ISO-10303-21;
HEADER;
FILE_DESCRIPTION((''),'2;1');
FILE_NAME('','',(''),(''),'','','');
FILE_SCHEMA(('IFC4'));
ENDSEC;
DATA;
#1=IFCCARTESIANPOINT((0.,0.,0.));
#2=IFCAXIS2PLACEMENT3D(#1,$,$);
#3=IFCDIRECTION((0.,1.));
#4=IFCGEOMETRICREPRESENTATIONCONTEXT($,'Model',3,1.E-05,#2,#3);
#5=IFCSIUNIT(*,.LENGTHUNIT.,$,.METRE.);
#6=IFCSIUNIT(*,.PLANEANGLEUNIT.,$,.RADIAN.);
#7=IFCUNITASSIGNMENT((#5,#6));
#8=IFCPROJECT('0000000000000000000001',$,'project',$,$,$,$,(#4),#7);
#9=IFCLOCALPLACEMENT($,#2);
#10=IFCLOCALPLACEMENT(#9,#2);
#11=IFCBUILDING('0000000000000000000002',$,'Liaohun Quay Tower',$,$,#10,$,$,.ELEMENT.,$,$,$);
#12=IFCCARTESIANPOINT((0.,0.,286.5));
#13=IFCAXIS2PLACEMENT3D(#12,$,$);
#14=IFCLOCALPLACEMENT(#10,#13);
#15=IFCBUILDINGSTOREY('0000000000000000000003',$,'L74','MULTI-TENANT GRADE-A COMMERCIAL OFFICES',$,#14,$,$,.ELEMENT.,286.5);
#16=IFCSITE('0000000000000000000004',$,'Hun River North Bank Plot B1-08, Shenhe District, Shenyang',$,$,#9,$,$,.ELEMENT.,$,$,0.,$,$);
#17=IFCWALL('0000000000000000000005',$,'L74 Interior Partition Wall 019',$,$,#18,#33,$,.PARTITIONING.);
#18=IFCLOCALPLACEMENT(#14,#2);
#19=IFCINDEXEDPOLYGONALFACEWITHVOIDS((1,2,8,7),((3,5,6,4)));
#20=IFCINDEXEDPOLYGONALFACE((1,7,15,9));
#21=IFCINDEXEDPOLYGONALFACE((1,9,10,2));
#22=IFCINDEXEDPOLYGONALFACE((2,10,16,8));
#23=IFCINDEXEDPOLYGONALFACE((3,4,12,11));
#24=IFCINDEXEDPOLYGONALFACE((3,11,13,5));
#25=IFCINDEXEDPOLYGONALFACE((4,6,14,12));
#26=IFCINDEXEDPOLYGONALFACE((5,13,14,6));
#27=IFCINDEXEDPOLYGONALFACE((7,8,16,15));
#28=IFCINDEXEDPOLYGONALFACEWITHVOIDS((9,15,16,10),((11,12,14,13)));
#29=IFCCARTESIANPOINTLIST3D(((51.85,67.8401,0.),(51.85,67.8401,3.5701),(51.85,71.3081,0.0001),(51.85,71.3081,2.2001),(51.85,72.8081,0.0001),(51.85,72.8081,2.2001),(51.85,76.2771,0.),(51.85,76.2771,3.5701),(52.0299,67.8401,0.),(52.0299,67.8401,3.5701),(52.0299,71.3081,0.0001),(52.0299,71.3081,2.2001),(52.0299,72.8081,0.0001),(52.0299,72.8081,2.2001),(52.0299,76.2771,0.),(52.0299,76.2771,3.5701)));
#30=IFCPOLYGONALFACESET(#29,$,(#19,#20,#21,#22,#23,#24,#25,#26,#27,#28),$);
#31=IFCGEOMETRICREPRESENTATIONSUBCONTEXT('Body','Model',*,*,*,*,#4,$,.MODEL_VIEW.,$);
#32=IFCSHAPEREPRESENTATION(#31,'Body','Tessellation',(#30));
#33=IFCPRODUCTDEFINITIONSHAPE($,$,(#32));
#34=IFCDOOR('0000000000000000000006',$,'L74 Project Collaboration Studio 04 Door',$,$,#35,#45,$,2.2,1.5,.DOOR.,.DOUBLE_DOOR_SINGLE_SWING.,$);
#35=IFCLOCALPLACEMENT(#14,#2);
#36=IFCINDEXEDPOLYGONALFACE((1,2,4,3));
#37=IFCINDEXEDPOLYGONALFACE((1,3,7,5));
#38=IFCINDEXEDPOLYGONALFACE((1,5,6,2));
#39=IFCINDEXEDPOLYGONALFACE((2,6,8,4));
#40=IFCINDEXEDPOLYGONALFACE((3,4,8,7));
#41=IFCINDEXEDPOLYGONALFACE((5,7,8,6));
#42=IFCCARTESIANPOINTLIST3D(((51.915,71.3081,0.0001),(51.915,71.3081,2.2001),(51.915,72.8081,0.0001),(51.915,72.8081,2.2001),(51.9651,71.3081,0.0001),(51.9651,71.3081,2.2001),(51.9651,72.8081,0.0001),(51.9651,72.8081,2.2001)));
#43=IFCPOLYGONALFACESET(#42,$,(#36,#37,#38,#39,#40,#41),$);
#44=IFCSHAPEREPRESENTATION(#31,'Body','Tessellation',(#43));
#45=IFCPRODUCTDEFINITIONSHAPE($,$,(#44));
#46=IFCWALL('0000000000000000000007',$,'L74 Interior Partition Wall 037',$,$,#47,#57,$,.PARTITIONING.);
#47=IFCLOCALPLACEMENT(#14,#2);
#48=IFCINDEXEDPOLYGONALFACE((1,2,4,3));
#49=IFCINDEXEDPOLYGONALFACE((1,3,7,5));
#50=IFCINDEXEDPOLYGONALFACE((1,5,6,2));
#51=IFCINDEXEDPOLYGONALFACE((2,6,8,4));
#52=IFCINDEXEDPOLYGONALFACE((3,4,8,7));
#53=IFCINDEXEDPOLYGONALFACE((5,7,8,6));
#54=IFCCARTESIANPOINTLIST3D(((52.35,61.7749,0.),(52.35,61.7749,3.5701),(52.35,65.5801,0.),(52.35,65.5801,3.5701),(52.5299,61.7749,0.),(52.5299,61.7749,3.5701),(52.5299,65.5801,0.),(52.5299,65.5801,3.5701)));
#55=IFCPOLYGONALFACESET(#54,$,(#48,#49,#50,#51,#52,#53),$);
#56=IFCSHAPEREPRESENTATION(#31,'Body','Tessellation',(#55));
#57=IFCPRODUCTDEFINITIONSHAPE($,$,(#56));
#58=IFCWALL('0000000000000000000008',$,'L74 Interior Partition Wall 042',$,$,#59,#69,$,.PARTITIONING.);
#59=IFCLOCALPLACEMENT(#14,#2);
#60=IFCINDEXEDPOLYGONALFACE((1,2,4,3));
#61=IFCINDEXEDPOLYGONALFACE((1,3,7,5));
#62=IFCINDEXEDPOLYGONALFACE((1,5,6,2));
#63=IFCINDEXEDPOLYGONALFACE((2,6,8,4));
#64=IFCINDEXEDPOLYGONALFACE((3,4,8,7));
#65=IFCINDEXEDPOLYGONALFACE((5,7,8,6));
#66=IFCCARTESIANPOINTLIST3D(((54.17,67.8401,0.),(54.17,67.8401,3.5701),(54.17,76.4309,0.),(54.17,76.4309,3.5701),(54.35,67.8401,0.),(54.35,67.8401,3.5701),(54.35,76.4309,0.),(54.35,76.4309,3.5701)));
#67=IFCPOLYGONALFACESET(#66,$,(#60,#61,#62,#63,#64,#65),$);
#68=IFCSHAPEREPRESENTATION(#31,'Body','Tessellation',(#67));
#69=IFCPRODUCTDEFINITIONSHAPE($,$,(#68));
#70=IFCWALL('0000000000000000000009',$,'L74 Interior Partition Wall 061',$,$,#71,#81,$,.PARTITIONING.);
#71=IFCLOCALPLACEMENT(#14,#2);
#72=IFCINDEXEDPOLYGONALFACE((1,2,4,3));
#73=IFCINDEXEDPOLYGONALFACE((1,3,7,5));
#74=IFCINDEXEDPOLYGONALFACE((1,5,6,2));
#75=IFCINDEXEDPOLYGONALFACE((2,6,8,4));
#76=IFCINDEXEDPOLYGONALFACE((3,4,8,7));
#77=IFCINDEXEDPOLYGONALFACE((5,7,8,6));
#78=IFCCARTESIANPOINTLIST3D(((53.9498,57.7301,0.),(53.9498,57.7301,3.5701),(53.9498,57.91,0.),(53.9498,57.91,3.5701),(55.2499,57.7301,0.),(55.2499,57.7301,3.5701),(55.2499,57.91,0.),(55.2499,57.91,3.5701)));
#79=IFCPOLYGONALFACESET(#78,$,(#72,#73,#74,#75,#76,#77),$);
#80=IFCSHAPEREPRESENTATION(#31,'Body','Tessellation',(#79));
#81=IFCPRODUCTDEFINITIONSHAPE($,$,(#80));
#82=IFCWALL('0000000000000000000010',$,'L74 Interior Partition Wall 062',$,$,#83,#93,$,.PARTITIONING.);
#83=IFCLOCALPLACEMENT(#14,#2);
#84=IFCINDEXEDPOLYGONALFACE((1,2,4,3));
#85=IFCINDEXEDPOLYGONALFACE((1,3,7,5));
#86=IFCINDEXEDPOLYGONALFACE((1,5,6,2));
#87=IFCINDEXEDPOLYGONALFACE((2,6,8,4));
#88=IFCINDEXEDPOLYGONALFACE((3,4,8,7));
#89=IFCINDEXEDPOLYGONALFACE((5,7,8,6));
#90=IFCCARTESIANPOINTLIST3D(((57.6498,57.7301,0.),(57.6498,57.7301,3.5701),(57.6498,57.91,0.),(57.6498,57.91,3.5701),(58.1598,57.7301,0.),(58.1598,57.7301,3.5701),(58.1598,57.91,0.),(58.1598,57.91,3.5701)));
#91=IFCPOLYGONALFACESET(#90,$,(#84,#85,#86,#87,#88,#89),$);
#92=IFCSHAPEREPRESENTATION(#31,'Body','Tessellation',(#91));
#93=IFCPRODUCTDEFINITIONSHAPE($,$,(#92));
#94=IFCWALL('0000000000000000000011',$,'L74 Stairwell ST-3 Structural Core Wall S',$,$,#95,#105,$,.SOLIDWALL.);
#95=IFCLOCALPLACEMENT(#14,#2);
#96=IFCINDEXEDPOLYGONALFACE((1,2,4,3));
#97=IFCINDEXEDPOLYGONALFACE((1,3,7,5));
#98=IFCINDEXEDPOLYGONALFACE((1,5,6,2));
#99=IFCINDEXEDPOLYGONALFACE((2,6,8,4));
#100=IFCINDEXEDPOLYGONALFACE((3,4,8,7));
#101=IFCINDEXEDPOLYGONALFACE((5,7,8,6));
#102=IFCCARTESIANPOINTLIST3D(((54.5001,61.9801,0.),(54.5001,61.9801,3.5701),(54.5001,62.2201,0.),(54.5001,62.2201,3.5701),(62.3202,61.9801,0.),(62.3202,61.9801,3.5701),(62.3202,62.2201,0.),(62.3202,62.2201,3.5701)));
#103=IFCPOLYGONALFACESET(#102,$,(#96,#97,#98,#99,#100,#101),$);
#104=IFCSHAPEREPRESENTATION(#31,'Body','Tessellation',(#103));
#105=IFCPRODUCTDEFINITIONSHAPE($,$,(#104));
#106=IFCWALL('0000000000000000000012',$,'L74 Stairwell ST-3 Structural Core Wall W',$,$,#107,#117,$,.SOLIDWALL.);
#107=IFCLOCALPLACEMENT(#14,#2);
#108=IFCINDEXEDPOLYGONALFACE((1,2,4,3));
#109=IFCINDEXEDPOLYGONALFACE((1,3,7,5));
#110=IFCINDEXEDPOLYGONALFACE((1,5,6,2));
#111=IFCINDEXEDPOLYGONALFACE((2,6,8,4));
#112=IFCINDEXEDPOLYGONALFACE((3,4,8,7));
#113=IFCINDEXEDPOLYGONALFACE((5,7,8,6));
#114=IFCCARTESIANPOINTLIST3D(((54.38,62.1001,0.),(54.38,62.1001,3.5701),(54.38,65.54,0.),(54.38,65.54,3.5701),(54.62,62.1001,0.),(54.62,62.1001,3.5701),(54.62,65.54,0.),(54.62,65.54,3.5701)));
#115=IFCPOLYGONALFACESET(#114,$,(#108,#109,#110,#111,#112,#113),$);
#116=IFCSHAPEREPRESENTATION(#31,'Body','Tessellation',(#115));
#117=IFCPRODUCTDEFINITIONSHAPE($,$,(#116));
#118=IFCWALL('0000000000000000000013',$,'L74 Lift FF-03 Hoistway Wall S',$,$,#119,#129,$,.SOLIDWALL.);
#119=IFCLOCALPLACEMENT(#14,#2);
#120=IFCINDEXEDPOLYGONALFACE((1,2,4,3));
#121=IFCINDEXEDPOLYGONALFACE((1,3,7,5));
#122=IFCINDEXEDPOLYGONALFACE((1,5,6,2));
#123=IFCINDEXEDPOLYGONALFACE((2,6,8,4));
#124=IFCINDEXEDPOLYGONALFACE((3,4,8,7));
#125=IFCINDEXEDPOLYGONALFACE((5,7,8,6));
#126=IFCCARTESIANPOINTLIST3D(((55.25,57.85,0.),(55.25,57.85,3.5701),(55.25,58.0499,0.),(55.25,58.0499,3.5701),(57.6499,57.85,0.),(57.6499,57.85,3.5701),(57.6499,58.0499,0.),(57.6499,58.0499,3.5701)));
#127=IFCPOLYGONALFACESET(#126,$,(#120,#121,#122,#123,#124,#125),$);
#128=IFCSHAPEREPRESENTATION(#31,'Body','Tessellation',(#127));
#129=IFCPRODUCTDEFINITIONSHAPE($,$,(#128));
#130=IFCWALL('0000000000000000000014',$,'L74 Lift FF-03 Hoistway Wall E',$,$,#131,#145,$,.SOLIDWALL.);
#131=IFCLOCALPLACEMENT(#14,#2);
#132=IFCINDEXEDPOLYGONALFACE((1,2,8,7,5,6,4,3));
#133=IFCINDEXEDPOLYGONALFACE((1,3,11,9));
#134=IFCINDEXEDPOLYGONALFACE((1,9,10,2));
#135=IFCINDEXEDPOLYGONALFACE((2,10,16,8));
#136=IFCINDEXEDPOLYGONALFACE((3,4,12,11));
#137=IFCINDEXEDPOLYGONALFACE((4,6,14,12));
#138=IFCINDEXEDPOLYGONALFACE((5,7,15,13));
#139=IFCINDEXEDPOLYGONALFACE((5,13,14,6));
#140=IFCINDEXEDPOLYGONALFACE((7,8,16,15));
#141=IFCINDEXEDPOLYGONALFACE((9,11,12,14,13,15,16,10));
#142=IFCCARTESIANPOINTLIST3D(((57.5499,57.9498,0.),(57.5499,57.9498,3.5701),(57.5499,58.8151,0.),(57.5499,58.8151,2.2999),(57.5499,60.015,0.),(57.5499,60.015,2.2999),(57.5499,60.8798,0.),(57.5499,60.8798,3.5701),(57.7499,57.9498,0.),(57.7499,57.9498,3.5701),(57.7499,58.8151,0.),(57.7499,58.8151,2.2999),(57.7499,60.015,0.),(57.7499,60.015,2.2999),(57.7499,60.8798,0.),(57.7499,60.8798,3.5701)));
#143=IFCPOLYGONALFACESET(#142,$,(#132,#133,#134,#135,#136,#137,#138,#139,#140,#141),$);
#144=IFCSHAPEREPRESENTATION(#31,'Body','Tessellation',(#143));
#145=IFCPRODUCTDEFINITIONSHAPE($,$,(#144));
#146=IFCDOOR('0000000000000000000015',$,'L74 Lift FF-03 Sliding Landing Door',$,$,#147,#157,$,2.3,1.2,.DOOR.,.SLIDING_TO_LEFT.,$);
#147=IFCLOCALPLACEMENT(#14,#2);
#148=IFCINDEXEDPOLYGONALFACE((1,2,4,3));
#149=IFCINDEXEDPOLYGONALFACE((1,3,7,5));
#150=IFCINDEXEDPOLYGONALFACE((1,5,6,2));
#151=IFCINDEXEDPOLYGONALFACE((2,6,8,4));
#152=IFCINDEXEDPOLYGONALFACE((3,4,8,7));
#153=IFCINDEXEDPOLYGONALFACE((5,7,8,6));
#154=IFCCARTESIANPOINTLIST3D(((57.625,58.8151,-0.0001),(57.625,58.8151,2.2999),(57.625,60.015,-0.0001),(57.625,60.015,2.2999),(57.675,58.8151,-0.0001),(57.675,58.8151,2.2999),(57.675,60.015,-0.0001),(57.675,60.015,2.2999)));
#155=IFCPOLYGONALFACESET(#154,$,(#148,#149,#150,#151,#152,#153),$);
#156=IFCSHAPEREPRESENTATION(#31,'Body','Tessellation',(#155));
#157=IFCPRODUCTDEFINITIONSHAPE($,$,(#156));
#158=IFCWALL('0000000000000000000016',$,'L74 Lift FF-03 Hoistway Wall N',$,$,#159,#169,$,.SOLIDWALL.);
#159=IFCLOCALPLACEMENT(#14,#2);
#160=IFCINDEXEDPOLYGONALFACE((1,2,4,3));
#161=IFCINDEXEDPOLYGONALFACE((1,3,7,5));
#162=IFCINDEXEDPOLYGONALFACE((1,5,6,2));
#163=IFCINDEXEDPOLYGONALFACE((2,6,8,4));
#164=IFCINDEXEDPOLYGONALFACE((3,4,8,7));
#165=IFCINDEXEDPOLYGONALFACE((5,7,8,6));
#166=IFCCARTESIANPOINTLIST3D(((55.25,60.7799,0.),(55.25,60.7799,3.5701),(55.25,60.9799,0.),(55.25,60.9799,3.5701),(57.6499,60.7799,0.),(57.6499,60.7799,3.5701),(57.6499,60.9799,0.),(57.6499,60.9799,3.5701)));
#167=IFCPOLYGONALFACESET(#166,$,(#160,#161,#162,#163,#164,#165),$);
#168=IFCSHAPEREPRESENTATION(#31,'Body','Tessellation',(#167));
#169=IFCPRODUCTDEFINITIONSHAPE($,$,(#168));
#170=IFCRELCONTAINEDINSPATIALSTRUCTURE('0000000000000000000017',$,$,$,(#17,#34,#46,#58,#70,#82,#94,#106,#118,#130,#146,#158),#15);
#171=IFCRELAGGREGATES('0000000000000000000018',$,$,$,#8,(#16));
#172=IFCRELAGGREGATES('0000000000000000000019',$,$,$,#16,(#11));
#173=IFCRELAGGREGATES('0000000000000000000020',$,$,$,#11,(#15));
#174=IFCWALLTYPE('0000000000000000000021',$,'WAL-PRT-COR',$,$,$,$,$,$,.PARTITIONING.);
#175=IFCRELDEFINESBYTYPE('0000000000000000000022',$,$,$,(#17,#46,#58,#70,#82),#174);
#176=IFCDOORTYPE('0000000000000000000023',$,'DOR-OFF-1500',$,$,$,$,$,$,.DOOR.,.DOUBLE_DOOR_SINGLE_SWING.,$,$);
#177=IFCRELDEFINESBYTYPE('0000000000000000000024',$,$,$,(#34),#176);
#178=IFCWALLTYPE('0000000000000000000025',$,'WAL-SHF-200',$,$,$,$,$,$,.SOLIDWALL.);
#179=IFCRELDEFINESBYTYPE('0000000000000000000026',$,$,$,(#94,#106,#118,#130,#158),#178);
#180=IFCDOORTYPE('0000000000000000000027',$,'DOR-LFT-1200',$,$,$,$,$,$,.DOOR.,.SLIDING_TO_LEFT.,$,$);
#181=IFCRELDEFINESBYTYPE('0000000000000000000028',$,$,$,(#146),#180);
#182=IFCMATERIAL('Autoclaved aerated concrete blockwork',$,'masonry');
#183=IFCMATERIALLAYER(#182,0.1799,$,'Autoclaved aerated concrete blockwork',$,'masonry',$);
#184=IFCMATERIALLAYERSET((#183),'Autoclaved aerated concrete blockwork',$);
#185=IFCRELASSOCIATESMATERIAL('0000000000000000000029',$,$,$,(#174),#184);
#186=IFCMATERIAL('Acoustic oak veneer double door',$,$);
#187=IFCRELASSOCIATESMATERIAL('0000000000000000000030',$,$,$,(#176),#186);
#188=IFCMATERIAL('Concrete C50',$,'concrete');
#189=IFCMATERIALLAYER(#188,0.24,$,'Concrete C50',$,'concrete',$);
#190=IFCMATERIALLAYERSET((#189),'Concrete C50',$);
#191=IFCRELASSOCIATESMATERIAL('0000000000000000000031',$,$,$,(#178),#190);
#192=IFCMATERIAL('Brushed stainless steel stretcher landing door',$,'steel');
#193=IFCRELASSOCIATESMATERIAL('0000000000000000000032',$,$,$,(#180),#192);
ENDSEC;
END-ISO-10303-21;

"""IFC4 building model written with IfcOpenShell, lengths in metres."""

from ifc_helpers import new_model, si_unit, direction, frame, frame_2d, origin, place, context, subcontext, project, spatial, rectangle, extrude, source, transform, mapped, material, layer, layer_set, type_object, element, fill, save


model = new_model("IFC4")

# Units and contexts
model_context = context("Model", 3, precision=1e-05, world=origin(), true_north=direction((0.0, 1.0)))
body_context = subcontext(model_context, "Body", "Model", "MODEL_VIEW")
ifc_project = project(units=[si_unit("LENGTHUNIT", "METRE"), si_unit("PLANEANGLEUNIT", "RADIAN")], contexts=[model_context])

# Site, building, storey
site_placement = place(None, origin())
site = spatial("IfcSite", under=ifc_project, at=site_placement, Name="Hun River North Bank Plot B1-08, Shenhe District, Shenyang", CompositionType="ELEMENT", RefElevation=0.0)
building_placement = place(site_placement, origin())
building = spatial("IfcBuilding", under=site, at=building_placement, Name="Liaohun Quay Tower", CompositionType="ELEMENT")
storey_placement = place(building_placement, frame((0.0, 0.0, 286.5)))
storey = spatial("IfcBuildingStorey", under=building, at=storey_placement, Name="L74", Description="MULTI-TENANT GRADE-A COMMERCIAL OFFICES", CompositionType="ELEMENT", Elevation=286.5)

# Shared definitions
ifc_material_1 = material(Name="Concrete C50", Category="concrete")

# Wall, opening, door
ifc_material_2 = material(Name="Autoclaved aerated concrete blockwork", Category="masonry")
ifc_layer_1 = layer(ifc_material_2, 0.1799, Name="Autoclaved aerated concrete blockwork", Category="masonry")
ifc_layer_set_1 = layer_set([ifc_layer_1], Name="Autoclaved aerated concrete blockwork")
wall_type_1 = type_object("IfcWallType", Name="WAL-PRT-COR", PredefinedType="PARTITIONING", material=ifc_layer_set_1)
wall_1_placement = place(storey_placement, frame((51.9399, 67.8401, 0.0), z_axis=(0.0, 0.0, 1.0), x_axis=(0.0, 1.0, 0.0)))
wall_1 = element("IfcWall", 1, at=wall_1_placement, inside=storey, type_object=wall_type_1, Name="L74 Interior Partition Wall 019", PredefinedType="PARTITIONING", context=body_context, shape_type="SweptSolid", body=[
    extrude(rectangle(XDim=8.437, YDim=0.1799, at=frame_2d((4.2185, 0.0))), origin(), (0.0, 0.0, 1.0), 3.5701),
])
shared_shape_1 = source(origin(), body_context, "Body", "SweptSolid", [
    extrude(rectangle(XDim=1.5, YDim=2.2, at=frame_2d((0.75, 1.1001))), frame((0.0, 0.0999, 0.0), z_axis=(0.0, -1.0, 0.0), x_axis=(1.0, 0.0, 0.0)), (0.0, 0.0, 1.0), 0.2),
])
opening_1_placement = place(wall_1_placement, frame((3.468, 0.0, 0.0)))
opening_1 = element("IfcOpeningElement", 2, at=opening_1_placement, cuts=wall_1, PredefinedType="OPENING", context=body_context, shape_type="MappedRepresentation", body=[
    mapped(shared_shape_1, transform((0.0, 0.0, 0.0), x_axis=(1.0, 0.0, 0.0), y_axis=(0.0, 1.0, 0.0), z_axis=(0.0, 0.0, 1.0), scale=1.0)),
])
ifc_material_3 = material(Name="Acoustic oak veneer double door")
door_type_1 = type_object("IfcDoorType", Name="DOR-OFF-1500", OperationType="DOUBLE_DOOR_SINGLE_SWING", PredefinedType="DOOR", material=ifc_material_3)
shared_shape_2 = source(origin(), body_context, "Body", "SweptSolid", [
    extrude(rectangle(XDim=1.5, YDim=2.2, at=frame_2d((0.75, 1.1001))), frame((0.0, 0.0249, 0.0), z_axis=(0.0, -1.0, 0.0), x_axis=(1.0, 0.0, 0.0)), (0.0, 0.0, 1.0), 0.05),
])
door_1_placement = place(opening_1_placement, origin())
door_1 = element("IfcDoor", 3, at=door_1_placement, inside=storey, type_object=door_type_1, Name="L74 Project Collaboration Studio 04 Door", OperationType="DOUBLE_DOOR_SINGLE_SWING", OverallHeight=2.2, OverallWidth=1.5, PredefinedType="DOOR", context=body_context, shape_type="MappedRepresentation", body=[
    mapped(shared_shape_2, transform((0.0, 0.0, 0.0), x_axis=(1.0, 0.0, 0.0), y_axis=(0.0, 1.0, 0.0), z_axis=(0.0, 0.0, 1.0), scale=1.0)),
])
fill(opening_1, door_1)

# Walls
wall_2_placement = place(storey_placement, frame((52.4399, 61.7749, 0.0), z_axis=(0.0, 0.0, 1.0), x_axis=(0.0, 1.0, 0.0)))
element("IfcWall", 4, at=wall_2_placement, inside=storey, type_object=wall_type_1, Name="L74 Interior Partition Wall 037", PredefinedType="PARTITIONING", context=body_context, shape_type="SweptSolid", body=[
    extrude(rectangle(XDim=3.8052, YDim=0.1799, at=frame_2d((1.9026, 0.0))), origin(), (0.0, 0.0, 1.0), 3.5701),
])
wall_3_placement = place(storey_placement, frame((54.26, 76.4309, 0.0), z_axis=(0.0, 0.0, 1.0), x_axis=(0.0, -1.0, 0.0)))
element("IfcWall", 5, at=wall_3_placement, inside=storey, type_object=wall_type_1, Name="L74 Interior Partition Wall 042", PredefinedType="PARTITIONING", context=body_context, shape_type="SweptSolid", body=[
    extrude(rectangle(XDim=8.5908, YDim=0.1799, at=frame_2d((4.2954, 0.0))), origin(), (0.0, 0.0, 1.0), 3.5701),
])
wall_4_placement = place(storey_placement, frame((53.95, 57.8201, 0.0), z_axis=(0.0, 0.0, 1.0), x_axis=(1.0, 0.0, 0.0)))
element("IfcWall", 6, at=wall_4_placement, inside=storey, type_object=wall_type_1, Name="L74 Interior Partition Wall 061", PredefinedType="PARTITIONING", context=body_context, shape_type="SweptSolid", body=[
    extrude(rectangle(XDim=1.3, YDim=0.1799, at=frame_2d((0.6499, 0.0))), origin(), (0.0, 0.0, 1.0), 3.5701),
])
wall_5_placement = place(storey_placement, frame((57.6499, 57.8201, 0.0), z_axis=(0.0, 0.0, 1.0), x_axis=(1.0, 0.0, 0.0)))
element("IfcWall", 7, at=wall_5_placement, inside=storey, type_object=wall_type_1, Name="L74 Interior Partition Wall 062", PredefinedType="PARTITIONING", context=body_context, shape_type="SweptSolid", body=[
    extrude(rectangle(XDim=0.51, YDim=0.1799, at=frame_2d((0.2549, 0.0))), origin(), (0.0, 0.0, 1.0), 3.5701),
])
ifc_layer_2 = layer(ifc_material_1, 0.24, Name="Concrete C50", Category="concrete")
ifc_layer_set_2 = layer_set([ifc_layer_2], Name="Concrete C50")
wall_type_2 = type_object("IfcWallType", Name="WAL-SHF-200", PredefinedType="SOLIDWALL", material=ifc_layer_set_2)
wall_6_placement = place(storey_placement, frame((54.5, 62.1001, 0.0), z_axis=(0.0, 0.0, 1.0), x_axis=(1.0, 0.0, 0.0)))
element("IfcWall", 8, at=wall_6_placement, inside=storey, type_object=wall_type_2, Name="L74 Stairwell ST-3 Structural Core Wall S", PredefinedType="SOLIDWALL", context=body_context, shape_type="SweptSolid", body=[
    extrude(rectangle(XDim=7.8201, YDim=0.24, at=frame_2d((3.9102, 0.0))), origin(), (0.0, 0.0, 1.0), 3.5701),
])
wall_7_placement = place(storey_placement, frame((54.5, 65.54, 0.0), z_axis=(0.0, 0.0, 1.0), x_axis=(0.0, -1.0, 0.0)))
element("IfcWall", 9, at=wall_7_placement, inside=storey, type_object=wall_type_2, Name="L74 Stairwell ST-3 Structural Core Wall W", PredefinedType="SOLIDWALL", context=body_context, shape_type="SweptSolid", body=[
    extrude(rectangle(XDim=3.4399, YDim=0.24, at=frame_2d((1.72, 0.0))), origin(), (0.0, 0.0, 1.0), 3.5701),
])
wall_8_placement = place(storey_placement, frame((55.25, 57.95, 0.0), z_axis=(0.0, 0.0, 1.0), x_axis=(1.0, 0.0, 0.0)))
element("IfcWall", 10, at=wall_8_placement, inside=storey, type_object=wall_type_2, Name="L74 Lift FF-03 Hoistway Wall S", PredefinedType="SOLIDWALL", context=body_context, shape_type="SweptSolid", body=[
    extrude(rectangle(XDim=2.3999, YDim=0.2, at=frame_2d((1.2, 0.0))), origin(), (0.0, 0.0, 1.0), 3.5701),
])

# Wall, opening, door
wall_9_placement = place(storey_placement, frame((57.6499, 57.95, 0.0), z_axis=(0.0, 0.0, 1.0), x_axis=(0.0, 1.0, 0.0)))
wall_9 = element("IfcWall", 11, at=wall_9_placement, inside=storey, type_object=wall_type_2, Name="L74 Lift FF-03 Hoistway Wall E", PredefinedType="SOLIDWALL", context=body_context, shape_type="SweptSolid", body=[
    extrude(rectangle(XDim=2.9299, YDim=0.2, at=frame_2d((1.4648, 0.0))), origin(), (0.0, 0.0, 1.0), 3.5701),
])
shared_shape_3 = source(origin(), body_context, "Body", "SweptSolid", [
    extrude(rectangle(XDim=1.2, YDim=2.3, at=frame_2d((0.6001, 1.1499))), frame((0.0, 0.1099, 0.0), z_axis=(0.0, -1.0, 0.0), x_axis=(1.0, 0.0, 0.0)), (0.0, 0.0, 1.0), 0.22),
])
opening_2_placement = place(wall_9_placement, frame((0.865, 0.0, 0.0)))
opening_2 = element("IfcOpeningElement", 12, at=opening_2_placement, cuts=wall_9, PredefinedType="OPENING", context=body_context, shape_type="MappedRepresentation", body=[
    mapped(shared_shape_3, transform((0.0, 0.0, 0.0), x_axis=(1.0, 0.0, 0.0), y_axis=(0.0, 1.0, 0.0), z_axis=(0.0, 0.0, 1.0), scale=1.0)),
])
ifc_material_4 = material(Name="Brushed stainless steel stretcher landing door", Category="steel")
door_type_2 = type_object("IfcDoorType", Name="DOR-LFT-1200", OperationType="SLIDING_TO_LEFT", PredefinedType="DOOR", material=ifc_material_4)
shared_shape_4 = source(origin(), body_context, "Body", "SweptSolid", [
    extrude(rectangle(XDim=1.2, YDim=2.3, at=frame_2d((0.6001, 1.1499))), frame((0.0, 0.0249, 0.0), z_axis=(0.0, -1.0, 0.0), x_axis=(1.0, 0.0, 0.0)), (0.0, 0.0, 1.0), 0.05),
])
door_2_placement = place(opening_2_placement, origin())
door_2 = element("IfcDoor", 13, at=door_2_placement, inside=storey, type_object=door_type_2, Name="L74 Lift FF-03 Sliding Landing Door", OperationType="SLIDING_TO_LEFT", OverallHeight=2.3, OverallWidth=1.2, PredefinedType="DOOR", context=body_context, shape_type="MappedRepresentation", body=[
    mapped(shared_shape_4, transform((0.0, 0.0, 0.0), x_axis=(1.0, 0.0, 0.0), y_axis=(0.0, 1.0, 0.0), z_axis=(0.0, 0.0, 1.0), scale=1.0)),
])
fill(opening_2, door_2)

# Wall
wall_10_placement = place(storey_placement, frame((57.6499, 60.8799, 0.0), z_axis=(0.0, 0.0, 1.0), x_axis=(-1.0, 0.0, 0.0)))
element("IfcWall", 14, at=wall_10_placement, inside=storey, type_object=wall_type_2, Name="L74 Lift FF-03 Hoistway Wall N", PredefinedType="SOLIDWALL", context=body_context, shape_type="SweptSolid", body=[
    extrude(rectangle(XDim=2.3999, YDim=0.2, at=frame_2d((1.2, 0.0))), origin(), (0.0, 0.0, 1.0), 3.5701),
])

save(model, "model.ifc")
